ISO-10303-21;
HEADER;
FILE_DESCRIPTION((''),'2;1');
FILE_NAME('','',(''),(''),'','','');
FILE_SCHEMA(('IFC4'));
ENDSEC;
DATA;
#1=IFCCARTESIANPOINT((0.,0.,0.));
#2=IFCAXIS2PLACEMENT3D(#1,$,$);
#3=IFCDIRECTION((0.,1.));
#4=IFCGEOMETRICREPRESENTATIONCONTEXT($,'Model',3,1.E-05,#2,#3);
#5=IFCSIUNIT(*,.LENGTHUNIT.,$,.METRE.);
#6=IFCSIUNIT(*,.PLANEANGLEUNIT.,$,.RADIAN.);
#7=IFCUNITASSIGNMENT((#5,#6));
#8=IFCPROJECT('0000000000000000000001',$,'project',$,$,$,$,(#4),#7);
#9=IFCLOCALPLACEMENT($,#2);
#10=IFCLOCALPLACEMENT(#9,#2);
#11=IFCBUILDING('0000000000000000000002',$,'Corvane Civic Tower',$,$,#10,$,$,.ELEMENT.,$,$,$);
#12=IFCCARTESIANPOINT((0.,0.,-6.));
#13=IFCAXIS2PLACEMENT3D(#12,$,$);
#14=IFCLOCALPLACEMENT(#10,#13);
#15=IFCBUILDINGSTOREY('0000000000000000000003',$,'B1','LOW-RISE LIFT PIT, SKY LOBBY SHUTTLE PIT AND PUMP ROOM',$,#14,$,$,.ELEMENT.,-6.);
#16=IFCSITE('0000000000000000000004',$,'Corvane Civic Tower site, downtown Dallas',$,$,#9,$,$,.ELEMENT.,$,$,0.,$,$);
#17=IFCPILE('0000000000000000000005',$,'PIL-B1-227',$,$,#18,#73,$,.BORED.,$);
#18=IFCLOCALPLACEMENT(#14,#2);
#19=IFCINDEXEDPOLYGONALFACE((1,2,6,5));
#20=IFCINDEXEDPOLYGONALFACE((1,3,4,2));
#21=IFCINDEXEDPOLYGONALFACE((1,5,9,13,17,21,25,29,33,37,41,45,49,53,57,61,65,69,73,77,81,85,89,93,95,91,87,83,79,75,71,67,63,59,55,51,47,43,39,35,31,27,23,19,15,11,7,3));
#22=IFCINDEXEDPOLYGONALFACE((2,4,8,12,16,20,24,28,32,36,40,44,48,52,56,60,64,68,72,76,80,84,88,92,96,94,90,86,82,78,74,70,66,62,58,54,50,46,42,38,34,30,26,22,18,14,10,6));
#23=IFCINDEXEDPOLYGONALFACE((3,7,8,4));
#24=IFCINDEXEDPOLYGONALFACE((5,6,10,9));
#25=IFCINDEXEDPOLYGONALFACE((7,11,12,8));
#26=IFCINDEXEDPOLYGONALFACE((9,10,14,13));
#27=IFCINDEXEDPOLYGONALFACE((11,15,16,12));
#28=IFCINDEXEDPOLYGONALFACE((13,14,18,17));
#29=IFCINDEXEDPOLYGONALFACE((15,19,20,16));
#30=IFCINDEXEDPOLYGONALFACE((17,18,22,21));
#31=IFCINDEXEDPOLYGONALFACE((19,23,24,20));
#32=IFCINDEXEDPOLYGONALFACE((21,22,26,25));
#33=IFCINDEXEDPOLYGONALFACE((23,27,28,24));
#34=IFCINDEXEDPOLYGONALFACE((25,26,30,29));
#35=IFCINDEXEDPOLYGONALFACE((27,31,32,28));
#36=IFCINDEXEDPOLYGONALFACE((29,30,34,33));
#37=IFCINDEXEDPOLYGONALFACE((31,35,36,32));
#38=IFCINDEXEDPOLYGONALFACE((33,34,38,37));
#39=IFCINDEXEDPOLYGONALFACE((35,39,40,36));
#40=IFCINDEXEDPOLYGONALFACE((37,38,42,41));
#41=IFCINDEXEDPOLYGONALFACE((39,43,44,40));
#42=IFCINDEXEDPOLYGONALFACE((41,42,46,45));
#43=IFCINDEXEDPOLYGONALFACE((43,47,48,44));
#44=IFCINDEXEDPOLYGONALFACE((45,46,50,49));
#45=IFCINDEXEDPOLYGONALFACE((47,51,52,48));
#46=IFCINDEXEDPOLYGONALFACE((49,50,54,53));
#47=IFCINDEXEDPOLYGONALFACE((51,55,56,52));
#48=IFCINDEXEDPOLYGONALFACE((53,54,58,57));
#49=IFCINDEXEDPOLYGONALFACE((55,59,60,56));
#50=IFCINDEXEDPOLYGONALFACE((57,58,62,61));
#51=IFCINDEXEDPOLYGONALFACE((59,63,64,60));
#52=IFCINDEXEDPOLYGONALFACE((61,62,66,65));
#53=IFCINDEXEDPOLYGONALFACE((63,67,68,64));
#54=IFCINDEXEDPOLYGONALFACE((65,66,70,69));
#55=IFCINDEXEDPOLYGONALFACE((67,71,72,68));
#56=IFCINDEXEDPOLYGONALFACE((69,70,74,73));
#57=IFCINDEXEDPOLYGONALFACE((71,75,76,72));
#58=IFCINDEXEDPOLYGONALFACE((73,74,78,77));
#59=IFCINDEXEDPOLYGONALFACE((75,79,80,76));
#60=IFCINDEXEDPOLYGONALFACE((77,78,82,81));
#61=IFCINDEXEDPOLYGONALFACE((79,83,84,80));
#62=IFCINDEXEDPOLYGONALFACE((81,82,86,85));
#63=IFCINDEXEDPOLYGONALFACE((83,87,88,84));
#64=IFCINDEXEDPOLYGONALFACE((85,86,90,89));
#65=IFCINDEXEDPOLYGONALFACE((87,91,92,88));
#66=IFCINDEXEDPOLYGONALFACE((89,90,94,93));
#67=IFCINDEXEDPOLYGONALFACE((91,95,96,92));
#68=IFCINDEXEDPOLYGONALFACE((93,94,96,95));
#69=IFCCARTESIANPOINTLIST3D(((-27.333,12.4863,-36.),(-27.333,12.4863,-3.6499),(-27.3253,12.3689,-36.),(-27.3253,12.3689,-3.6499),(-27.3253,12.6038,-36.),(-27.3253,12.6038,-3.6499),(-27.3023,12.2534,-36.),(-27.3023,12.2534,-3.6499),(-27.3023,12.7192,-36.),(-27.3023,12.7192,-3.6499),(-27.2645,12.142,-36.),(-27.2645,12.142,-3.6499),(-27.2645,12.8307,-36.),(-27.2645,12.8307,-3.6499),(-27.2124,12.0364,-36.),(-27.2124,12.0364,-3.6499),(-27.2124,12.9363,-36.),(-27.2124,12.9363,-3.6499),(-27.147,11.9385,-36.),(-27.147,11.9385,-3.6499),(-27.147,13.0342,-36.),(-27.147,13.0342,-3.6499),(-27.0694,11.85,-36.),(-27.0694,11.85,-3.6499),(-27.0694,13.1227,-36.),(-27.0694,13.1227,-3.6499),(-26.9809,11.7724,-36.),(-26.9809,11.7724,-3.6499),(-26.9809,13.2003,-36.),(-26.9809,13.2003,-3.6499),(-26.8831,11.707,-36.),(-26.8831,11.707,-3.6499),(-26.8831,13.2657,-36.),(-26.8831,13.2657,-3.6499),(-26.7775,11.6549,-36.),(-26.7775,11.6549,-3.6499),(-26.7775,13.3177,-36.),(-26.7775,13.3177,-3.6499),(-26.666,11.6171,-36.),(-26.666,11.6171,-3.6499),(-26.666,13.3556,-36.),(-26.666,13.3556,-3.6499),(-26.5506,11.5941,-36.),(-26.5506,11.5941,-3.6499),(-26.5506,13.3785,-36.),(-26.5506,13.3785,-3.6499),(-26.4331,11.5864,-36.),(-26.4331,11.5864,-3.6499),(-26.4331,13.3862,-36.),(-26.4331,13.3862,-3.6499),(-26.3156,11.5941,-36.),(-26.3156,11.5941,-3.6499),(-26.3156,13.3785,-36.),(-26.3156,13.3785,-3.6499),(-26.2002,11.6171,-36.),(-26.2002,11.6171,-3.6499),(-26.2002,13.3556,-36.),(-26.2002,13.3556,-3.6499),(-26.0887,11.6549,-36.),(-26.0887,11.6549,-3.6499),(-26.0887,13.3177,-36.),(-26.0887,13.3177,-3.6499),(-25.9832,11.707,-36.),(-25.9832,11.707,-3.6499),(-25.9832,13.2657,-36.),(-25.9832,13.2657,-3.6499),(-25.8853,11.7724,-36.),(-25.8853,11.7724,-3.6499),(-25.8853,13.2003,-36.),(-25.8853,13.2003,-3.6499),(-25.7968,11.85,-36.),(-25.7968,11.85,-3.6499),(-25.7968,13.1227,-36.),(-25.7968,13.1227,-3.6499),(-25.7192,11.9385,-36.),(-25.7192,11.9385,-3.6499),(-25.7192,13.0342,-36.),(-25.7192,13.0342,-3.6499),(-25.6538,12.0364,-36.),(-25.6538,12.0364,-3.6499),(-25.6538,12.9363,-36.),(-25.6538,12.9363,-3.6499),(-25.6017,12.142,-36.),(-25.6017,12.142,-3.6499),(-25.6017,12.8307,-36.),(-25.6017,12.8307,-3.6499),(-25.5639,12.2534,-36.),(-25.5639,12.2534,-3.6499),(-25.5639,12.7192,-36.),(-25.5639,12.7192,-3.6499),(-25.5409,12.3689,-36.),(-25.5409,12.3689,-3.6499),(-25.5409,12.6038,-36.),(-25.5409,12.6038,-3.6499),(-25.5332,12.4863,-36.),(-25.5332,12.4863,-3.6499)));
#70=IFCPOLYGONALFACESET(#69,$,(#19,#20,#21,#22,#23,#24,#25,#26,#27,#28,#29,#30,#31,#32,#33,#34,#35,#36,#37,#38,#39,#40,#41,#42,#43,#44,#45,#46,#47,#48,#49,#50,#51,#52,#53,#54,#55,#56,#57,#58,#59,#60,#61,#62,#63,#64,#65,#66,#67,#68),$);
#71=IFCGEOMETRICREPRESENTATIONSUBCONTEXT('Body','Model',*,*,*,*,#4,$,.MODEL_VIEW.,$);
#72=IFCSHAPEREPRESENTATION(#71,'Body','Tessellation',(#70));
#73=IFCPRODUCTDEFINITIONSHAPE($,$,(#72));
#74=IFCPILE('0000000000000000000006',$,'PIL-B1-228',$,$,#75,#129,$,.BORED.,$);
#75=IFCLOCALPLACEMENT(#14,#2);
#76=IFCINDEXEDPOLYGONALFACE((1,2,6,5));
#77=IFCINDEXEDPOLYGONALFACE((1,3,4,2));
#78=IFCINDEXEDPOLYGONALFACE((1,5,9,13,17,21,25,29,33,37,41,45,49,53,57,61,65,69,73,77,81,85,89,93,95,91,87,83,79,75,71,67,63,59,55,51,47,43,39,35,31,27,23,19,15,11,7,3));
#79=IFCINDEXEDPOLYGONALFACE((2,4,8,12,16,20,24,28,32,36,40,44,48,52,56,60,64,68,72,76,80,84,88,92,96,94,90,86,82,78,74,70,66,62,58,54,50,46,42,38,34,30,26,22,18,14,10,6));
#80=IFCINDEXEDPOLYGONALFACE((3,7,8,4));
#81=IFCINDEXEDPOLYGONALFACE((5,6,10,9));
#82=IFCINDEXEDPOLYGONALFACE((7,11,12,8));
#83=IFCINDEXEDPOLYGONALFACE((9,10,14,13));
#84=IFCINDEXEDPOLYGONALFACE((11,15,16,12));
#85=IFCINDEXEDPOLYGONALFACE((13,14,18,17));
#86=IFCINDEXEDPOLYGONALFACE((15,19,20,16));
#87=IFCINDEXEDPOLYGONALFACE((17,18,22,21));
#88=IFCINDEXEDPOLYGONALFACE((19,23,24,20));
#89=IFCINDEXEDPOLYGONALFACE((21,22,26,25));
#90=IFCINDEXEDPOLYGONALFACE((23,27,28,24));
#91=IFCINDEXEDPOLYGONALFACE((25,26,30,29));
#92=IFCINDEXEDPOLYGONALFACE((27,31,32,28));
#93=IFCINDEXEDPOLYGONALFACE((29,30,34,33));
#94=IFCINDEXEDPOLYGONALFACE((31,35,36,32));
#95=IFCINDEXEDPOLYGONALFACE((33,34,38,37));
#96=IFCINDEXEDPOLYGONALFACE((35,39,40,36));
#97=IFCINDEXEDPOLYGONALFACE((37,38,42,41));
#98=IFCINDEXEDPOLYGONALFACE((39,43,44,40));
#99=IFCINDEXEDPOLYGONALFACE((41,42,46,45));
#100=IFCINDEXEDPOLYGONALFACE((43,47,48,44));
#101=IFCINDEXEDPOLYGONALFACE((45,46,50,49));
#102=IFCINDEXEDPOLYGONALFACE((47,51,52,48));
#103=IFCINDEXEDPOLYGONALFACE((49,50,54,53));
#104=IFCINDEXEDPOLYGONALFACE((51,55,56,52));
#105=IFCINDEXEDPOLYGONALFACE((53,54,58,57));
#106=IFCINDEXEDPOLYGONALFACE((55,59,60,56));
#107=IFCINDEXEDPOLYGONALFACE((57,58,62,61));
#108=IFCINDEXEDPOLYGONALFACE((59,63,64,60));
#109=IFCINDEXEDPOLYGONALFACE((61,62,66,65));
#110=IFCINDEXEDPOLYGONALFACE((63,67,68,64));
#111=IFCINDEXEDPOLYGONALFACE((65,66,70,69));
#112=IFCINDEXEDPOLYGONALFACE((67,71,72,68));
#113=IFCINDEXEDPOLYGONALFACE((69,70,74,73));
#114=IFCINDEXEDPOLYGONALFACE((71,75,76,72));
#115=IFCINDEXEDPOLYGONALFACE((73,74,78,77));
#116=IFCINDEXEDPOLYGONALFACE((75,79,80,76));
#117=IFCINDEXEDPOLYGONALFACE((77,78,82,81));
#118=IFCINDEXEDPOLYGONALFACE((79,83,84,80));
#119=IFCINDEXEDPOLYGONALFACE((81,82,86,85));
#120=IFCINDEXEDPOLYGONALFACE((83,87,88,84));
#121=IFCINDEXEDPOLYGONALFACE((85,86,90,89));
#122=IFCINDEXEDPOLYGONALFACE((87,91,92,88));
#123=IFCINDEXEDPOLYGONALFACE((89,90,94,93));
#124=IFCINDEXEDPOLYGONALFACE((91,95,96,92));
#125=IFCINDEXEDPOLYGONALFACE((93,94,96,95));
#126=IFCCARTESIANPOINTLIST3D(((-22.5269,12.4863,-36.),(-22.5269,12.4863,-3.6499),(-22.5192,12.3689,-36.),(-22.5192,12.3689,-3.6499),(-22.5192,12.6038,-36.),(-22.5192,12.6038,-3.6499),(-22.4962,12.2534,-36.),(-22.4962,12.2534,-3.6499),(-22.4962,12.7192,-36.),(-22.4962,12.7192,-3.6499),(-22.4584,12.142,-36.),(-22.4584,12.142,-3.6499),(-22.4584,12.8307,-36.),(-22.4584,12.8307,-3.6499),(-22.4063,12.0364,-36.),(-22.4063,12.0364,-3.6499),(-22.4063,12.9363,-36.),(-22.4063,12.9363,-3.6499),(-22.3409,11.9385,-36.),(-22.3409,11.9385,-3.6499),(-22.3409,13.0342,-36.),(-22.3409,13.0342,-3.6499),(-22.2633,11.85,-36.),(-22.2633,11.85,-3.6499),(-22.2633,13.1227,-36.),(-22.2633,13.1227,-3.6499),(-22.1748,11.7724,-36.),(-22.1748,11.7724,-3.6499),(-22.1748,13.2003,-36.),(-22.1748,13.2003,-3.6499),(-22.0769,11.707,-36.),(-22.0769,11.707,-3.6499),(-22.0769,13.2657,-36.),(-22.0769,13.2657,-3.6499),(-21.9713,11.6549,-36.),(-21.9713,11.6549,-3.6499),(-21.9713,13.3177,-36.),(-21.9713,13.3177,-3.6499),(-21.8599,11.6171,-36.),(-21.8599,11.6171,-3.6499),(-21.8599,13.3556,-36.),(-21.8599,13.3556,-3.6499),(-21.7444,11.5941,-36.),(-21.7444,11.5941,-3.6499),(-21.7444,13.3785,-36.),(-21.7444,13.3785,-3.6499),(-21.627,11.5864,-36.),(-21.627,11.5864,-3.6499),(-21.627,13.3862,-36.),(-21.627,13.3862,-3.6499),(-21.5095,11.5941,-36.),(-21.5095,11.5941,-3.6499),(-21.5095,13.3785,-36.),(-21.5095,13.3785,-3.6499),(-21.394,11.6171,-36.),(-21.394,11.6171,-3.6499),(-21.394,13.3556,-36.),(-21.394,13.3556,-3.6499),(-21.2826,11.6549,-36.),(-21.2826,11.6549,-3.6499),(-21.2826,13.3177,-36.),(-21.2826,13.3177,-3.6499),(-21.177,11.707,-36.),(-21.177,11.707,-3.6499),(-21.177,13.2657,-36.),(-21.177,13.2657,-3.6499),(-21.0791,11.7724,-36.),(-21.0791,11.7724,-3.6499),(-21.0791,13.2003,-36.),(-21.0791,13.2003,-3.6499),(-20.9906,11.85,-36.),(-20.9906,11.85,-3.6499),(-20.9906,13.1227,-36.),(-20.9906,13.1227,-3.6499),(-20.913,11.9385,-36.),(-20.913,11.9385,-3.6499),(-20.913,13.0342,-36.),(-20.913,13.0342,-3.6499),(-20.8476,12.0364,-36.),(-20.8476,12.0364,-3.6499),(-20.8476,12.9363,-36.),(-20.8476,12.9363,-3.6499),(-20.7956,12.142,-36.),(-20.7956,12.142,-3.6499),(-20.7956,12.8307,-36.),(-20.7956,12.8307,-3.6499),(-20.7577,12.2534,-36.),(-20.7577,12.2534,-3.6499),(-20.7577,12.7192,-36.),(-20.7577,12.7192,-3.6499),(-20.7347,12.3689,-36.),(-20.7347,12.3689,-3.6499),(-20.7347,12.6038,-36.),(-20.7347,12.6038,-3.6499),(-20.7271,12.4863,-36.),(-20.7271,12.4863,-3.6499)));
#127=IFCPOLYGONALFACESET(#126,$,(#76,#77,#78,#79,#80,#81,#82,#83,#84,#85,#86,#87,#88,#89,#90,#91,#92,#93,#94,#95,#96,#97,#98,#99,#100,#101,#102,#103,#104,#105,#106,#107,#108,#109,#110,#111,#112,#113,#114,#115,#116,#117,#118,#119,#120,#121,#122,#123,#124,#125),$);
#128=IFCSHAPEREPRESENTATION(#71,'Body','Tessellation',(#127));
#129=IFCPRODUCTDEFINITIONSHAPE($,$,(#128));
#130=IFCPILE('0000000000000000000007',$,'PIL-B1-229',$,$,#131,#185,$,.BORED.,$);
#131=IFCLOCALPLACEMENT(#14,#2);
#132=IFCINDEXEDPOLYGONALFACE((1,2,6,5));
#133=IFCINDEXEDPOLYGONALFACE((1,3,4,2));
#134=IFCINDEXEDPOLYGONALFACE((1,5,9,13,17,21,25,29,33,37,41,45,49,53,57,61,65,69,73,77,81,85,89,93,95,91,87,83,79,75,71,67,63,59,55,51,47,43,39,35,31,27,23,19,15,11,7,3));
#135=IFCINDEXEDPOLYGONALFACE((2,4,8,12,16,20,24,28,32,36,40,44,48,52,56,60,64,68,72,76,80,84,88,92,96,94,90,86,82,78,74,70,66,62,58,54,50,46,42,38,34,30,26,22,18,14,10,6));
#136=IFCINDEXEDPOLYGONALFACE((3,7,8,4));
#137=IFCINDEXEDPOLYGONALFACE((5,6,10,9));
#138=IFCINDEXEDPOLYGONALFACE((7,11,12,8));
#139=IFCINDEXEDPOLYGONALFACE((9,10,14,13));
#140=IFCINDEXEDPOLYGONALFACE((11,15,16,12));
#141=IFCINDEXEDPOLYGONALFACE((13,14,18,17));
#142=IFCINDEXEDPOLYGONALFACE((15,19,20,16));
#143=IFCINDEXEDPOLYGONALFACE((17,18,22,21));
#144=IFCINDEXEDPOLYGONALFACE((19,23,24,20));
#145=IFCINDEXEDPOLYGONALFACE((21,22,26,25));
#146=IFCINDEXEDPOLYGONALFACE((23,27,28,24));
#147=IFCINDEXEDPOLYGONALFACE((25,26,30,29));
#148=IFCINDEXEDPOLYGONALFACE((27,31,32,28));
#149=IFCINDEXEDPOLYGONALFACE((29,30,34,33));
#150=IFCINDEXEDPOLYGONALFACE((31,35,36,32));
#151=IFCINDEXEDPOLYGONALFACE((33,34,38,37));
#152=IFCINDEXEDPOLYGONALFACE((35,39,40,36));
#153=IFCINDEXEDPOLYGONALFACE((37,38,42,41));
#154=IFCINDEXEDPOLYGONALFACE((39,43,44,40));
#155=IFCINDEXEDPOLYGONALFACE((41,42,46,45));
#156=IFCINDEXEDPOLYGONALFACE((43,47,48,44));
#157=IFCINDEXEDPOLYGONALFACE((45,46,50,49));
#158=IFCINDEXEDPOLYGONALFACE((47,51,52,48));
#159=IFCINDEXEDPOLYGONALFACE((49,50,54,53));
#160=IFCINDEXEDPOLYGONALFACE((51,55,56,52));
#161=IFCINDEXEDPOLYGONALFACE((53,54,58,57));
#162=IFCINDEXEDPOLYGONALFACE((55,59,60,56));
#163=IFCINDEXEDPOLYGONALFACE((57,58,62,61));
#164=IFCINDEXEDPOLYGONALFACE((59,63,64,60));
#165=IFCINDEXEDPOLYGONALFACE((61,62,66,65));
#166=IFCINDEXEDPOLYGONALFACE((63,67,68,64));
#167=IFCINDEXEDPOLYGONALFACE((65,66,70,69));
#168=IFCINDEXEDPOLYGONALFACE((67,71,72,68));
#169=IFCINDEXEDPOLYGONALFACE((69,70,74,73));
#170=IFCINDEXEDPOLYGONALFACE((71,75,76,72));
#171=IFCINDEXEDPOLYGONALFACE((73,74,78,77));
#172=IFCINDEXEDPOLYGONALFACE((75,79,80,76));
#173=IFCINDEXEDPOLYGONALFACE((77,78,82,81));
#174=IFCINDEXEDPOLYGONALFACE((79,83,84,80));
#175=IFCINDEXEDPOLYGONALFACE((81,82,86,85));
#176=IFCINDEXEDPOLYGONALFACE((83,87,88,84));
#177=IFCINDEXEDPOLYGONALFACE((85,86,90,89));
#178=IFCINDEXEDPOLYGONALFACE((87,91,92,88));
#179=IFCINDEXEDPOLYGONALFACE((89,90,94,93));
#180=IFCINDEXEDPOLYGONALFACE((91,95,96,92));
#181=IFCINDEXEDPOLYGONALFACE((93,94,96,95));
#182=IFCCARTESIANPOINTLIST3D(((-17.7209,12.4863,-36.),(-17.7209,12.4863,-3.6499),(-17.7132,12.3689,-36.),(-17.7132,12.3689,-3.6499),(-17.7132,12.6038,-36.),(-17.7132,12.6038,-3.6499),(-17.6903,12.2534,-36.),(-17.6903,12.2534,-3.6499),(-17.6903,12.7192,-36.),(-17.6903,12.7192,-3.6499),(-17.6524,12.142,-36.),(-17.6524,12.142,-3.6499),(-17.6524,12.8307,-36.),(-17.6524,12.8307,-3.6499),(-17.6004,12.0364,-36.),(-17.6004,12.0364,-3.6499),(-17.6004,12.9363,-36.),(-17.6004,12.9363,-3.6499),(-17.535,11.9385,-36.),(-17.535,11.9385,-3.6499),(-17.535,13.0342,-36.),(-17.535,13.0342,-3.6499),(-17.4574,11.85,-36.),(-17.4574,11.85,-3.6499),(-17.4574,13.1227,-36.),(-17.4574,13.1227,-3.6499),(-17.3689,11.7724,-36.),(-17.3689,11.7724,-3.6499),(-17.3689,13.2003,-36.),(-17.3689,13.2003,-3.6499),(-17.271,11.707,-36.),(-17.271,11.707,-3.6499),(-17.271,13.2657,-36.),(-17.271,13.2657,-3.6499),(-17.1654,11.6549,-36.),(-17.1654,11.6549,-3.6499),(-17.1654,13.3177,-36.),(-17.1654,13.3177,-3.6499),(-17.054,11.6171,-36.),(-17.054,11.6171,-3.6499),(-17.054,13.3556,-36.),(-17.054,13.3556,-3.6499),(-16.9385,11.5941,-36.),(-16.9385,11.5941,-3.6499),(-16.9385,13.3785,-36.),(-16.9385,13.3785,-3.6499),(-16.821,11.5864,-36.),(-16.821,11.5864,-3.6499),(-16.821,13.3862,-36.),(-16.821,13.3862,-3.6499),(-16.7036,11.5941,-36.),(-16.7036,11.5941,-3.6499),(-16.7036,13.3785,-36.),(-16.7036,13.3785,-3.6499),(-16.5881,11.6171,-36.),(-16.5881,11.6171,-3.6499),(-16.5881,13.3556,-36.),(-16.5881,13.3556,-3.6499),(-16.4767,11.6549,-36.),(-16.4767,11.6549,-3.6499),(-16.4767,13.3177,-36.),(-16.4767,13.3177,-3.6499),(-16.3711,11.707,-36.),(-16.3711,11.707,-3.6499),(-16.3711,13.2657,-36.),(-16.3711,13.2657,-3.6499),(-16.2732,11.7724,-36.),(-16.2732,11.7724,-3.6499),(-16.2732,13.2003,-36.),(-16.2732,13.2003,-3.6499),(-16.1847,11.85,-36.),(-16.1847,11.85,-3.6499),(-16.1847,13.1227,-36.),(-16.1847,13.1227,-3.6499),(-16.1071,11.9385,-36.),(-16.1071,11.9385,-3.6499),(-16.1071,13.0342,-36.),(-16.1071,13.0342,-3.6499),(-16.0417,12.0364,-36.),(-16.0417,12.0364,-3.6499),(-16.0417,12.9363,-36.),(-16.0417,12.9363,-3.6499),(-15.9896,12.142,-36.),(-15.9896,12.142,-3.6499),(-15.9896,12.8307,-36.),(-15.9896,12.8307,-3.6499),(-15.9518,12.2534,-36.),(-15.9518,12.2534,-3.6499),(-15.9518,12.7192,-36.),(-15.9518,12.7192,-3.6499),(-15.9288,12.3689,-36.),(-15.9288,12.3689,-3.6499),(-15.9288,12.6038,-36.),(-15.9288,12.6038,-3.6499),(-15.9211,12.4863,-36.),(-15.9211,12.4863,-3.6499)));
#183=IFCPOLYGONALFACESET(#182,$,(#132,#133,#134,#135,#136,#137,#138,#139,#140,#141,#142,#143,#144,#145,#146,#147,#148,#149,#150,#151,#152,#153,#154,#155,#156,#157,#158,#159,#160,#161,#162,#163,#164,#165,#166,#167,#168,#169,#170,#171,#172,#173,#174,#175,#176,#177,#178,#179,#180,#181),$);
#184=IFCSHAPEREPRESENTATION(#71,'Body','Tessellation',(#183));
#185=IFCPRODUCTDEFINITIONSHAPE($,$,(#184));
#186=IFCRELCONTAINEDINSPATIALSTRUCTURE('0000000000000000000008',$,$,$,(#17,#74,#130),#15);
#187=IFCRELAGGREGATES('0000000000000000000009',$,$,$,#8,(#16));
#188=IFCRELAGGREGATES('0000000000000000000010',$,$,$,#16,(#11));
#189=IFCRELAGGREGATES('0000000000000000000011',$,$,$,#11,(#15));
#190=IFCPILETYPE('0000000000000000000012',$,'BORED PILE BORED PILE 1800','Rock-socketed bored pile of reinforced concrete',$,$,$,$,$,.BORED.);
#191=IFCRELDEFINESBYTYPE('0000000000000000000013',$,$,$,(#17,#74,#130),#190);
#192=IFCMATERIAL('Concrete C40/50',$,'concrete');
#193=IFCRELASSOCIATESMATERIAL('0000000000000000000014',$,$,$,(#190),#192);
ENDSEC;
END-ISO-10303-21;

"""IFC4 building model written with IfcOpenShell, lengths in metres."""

from ifc_helpers import new_model, si_unit, direction, frame, origin, origin_2d, place, context, subcontext, project, spatial, circle, extrude, material, material_profile, profile_set, type_object, element, save


model = new_model("IFC4")

# Units and contexts
model_context = context("Model", 3, precision=1e-05, world=origin(), true_north=direction((0.0, 1.0)))
body_context = subcontext(model_context, "Body", "Model", "MODEL_VIEW")
ifc_project = project(units=[si_unit("LENGTHUNIT", "METRE"), si_unit("PLANEANGLEUNIT", "RADIAN")], contexts=[model_context])

# Site, building, storey
site_placement = place(None, origin())
site = spatial("IfcSite", under=ifc_project, at=site_placement, Name="Corvane Civic Tower site, downtown Dallas", CompositionType="ELEMENT", RefElevation=0.0)
building_placement = place(site_placement, origin())
building = spatial("IfcBuilding", under=site, at=building_placement, Name="Corvane Civic Tower", CompositionType="ELEMENT")
storey_placement = place(building_placement, frame((0.0, 0.0, -6.0)))
storey = spatial("IfcBuildingStorey", under=building, at=storey_placement, Name="B1", Description="LOW-RISE LIFT PIT, SKY LOBBY SHUTTLE PIT AND PUMP ROOM", CompositionType="ELEMENT", Elevation=-6.0)

# Piles
ifc_material_1 = material(Name="Concrete C40/50", Category="concrete")
ifc_material_profile_1 = material_profile(ifc_material_1, circle(Radius=0.8999, at=origin_2d()), Name="BORED PILE 1800")
ifc_profile_set_1 = profile_set([ifc_material_profile_1], Name="Concrete C40/50")
pile_type = type_object("IfcPileType", Name="BORED PILE BORED PILE 1800", Description="Rock-socketed bored pile of reinforced concrete", PredefinedType="BORED", material=ifc_profile_set_1)
for number, where, z_axis, x_axis, name in (
    (1, (-26.4331, 12.4863, -3.6499), (0.0, 0.0, -1.0), (1.0, 0.0, 0.0), "PIL-B1-227"),
    (2, (-21.627, 12.4863, -3.6499), (0.0, 0.0, -1.0), (1.0, 0.0, 0.0), "PIL-B1-228"),
    (3, (-16.821, 12.4863, -3.6499), (0.0, 0.0, -1.0), (1.0, 0.0, 0.0), "PIL-B1-229"),
):
    element("IfcPile", number, at=place(storey_placement, frame(where, z_axis=z_axis, x_axis=x_axis)), inside=storey, type_object=pile_type, Name=name, PredefinedType="BORED", context=body_context, shape_type="SweptSolid", body=[
        extrude(circle(Radius=0.8999, at=origin_2d()), origin(), (0.0, 0.0, 1.0), 32.3501),
    ])

save(model, "model.ifc")
